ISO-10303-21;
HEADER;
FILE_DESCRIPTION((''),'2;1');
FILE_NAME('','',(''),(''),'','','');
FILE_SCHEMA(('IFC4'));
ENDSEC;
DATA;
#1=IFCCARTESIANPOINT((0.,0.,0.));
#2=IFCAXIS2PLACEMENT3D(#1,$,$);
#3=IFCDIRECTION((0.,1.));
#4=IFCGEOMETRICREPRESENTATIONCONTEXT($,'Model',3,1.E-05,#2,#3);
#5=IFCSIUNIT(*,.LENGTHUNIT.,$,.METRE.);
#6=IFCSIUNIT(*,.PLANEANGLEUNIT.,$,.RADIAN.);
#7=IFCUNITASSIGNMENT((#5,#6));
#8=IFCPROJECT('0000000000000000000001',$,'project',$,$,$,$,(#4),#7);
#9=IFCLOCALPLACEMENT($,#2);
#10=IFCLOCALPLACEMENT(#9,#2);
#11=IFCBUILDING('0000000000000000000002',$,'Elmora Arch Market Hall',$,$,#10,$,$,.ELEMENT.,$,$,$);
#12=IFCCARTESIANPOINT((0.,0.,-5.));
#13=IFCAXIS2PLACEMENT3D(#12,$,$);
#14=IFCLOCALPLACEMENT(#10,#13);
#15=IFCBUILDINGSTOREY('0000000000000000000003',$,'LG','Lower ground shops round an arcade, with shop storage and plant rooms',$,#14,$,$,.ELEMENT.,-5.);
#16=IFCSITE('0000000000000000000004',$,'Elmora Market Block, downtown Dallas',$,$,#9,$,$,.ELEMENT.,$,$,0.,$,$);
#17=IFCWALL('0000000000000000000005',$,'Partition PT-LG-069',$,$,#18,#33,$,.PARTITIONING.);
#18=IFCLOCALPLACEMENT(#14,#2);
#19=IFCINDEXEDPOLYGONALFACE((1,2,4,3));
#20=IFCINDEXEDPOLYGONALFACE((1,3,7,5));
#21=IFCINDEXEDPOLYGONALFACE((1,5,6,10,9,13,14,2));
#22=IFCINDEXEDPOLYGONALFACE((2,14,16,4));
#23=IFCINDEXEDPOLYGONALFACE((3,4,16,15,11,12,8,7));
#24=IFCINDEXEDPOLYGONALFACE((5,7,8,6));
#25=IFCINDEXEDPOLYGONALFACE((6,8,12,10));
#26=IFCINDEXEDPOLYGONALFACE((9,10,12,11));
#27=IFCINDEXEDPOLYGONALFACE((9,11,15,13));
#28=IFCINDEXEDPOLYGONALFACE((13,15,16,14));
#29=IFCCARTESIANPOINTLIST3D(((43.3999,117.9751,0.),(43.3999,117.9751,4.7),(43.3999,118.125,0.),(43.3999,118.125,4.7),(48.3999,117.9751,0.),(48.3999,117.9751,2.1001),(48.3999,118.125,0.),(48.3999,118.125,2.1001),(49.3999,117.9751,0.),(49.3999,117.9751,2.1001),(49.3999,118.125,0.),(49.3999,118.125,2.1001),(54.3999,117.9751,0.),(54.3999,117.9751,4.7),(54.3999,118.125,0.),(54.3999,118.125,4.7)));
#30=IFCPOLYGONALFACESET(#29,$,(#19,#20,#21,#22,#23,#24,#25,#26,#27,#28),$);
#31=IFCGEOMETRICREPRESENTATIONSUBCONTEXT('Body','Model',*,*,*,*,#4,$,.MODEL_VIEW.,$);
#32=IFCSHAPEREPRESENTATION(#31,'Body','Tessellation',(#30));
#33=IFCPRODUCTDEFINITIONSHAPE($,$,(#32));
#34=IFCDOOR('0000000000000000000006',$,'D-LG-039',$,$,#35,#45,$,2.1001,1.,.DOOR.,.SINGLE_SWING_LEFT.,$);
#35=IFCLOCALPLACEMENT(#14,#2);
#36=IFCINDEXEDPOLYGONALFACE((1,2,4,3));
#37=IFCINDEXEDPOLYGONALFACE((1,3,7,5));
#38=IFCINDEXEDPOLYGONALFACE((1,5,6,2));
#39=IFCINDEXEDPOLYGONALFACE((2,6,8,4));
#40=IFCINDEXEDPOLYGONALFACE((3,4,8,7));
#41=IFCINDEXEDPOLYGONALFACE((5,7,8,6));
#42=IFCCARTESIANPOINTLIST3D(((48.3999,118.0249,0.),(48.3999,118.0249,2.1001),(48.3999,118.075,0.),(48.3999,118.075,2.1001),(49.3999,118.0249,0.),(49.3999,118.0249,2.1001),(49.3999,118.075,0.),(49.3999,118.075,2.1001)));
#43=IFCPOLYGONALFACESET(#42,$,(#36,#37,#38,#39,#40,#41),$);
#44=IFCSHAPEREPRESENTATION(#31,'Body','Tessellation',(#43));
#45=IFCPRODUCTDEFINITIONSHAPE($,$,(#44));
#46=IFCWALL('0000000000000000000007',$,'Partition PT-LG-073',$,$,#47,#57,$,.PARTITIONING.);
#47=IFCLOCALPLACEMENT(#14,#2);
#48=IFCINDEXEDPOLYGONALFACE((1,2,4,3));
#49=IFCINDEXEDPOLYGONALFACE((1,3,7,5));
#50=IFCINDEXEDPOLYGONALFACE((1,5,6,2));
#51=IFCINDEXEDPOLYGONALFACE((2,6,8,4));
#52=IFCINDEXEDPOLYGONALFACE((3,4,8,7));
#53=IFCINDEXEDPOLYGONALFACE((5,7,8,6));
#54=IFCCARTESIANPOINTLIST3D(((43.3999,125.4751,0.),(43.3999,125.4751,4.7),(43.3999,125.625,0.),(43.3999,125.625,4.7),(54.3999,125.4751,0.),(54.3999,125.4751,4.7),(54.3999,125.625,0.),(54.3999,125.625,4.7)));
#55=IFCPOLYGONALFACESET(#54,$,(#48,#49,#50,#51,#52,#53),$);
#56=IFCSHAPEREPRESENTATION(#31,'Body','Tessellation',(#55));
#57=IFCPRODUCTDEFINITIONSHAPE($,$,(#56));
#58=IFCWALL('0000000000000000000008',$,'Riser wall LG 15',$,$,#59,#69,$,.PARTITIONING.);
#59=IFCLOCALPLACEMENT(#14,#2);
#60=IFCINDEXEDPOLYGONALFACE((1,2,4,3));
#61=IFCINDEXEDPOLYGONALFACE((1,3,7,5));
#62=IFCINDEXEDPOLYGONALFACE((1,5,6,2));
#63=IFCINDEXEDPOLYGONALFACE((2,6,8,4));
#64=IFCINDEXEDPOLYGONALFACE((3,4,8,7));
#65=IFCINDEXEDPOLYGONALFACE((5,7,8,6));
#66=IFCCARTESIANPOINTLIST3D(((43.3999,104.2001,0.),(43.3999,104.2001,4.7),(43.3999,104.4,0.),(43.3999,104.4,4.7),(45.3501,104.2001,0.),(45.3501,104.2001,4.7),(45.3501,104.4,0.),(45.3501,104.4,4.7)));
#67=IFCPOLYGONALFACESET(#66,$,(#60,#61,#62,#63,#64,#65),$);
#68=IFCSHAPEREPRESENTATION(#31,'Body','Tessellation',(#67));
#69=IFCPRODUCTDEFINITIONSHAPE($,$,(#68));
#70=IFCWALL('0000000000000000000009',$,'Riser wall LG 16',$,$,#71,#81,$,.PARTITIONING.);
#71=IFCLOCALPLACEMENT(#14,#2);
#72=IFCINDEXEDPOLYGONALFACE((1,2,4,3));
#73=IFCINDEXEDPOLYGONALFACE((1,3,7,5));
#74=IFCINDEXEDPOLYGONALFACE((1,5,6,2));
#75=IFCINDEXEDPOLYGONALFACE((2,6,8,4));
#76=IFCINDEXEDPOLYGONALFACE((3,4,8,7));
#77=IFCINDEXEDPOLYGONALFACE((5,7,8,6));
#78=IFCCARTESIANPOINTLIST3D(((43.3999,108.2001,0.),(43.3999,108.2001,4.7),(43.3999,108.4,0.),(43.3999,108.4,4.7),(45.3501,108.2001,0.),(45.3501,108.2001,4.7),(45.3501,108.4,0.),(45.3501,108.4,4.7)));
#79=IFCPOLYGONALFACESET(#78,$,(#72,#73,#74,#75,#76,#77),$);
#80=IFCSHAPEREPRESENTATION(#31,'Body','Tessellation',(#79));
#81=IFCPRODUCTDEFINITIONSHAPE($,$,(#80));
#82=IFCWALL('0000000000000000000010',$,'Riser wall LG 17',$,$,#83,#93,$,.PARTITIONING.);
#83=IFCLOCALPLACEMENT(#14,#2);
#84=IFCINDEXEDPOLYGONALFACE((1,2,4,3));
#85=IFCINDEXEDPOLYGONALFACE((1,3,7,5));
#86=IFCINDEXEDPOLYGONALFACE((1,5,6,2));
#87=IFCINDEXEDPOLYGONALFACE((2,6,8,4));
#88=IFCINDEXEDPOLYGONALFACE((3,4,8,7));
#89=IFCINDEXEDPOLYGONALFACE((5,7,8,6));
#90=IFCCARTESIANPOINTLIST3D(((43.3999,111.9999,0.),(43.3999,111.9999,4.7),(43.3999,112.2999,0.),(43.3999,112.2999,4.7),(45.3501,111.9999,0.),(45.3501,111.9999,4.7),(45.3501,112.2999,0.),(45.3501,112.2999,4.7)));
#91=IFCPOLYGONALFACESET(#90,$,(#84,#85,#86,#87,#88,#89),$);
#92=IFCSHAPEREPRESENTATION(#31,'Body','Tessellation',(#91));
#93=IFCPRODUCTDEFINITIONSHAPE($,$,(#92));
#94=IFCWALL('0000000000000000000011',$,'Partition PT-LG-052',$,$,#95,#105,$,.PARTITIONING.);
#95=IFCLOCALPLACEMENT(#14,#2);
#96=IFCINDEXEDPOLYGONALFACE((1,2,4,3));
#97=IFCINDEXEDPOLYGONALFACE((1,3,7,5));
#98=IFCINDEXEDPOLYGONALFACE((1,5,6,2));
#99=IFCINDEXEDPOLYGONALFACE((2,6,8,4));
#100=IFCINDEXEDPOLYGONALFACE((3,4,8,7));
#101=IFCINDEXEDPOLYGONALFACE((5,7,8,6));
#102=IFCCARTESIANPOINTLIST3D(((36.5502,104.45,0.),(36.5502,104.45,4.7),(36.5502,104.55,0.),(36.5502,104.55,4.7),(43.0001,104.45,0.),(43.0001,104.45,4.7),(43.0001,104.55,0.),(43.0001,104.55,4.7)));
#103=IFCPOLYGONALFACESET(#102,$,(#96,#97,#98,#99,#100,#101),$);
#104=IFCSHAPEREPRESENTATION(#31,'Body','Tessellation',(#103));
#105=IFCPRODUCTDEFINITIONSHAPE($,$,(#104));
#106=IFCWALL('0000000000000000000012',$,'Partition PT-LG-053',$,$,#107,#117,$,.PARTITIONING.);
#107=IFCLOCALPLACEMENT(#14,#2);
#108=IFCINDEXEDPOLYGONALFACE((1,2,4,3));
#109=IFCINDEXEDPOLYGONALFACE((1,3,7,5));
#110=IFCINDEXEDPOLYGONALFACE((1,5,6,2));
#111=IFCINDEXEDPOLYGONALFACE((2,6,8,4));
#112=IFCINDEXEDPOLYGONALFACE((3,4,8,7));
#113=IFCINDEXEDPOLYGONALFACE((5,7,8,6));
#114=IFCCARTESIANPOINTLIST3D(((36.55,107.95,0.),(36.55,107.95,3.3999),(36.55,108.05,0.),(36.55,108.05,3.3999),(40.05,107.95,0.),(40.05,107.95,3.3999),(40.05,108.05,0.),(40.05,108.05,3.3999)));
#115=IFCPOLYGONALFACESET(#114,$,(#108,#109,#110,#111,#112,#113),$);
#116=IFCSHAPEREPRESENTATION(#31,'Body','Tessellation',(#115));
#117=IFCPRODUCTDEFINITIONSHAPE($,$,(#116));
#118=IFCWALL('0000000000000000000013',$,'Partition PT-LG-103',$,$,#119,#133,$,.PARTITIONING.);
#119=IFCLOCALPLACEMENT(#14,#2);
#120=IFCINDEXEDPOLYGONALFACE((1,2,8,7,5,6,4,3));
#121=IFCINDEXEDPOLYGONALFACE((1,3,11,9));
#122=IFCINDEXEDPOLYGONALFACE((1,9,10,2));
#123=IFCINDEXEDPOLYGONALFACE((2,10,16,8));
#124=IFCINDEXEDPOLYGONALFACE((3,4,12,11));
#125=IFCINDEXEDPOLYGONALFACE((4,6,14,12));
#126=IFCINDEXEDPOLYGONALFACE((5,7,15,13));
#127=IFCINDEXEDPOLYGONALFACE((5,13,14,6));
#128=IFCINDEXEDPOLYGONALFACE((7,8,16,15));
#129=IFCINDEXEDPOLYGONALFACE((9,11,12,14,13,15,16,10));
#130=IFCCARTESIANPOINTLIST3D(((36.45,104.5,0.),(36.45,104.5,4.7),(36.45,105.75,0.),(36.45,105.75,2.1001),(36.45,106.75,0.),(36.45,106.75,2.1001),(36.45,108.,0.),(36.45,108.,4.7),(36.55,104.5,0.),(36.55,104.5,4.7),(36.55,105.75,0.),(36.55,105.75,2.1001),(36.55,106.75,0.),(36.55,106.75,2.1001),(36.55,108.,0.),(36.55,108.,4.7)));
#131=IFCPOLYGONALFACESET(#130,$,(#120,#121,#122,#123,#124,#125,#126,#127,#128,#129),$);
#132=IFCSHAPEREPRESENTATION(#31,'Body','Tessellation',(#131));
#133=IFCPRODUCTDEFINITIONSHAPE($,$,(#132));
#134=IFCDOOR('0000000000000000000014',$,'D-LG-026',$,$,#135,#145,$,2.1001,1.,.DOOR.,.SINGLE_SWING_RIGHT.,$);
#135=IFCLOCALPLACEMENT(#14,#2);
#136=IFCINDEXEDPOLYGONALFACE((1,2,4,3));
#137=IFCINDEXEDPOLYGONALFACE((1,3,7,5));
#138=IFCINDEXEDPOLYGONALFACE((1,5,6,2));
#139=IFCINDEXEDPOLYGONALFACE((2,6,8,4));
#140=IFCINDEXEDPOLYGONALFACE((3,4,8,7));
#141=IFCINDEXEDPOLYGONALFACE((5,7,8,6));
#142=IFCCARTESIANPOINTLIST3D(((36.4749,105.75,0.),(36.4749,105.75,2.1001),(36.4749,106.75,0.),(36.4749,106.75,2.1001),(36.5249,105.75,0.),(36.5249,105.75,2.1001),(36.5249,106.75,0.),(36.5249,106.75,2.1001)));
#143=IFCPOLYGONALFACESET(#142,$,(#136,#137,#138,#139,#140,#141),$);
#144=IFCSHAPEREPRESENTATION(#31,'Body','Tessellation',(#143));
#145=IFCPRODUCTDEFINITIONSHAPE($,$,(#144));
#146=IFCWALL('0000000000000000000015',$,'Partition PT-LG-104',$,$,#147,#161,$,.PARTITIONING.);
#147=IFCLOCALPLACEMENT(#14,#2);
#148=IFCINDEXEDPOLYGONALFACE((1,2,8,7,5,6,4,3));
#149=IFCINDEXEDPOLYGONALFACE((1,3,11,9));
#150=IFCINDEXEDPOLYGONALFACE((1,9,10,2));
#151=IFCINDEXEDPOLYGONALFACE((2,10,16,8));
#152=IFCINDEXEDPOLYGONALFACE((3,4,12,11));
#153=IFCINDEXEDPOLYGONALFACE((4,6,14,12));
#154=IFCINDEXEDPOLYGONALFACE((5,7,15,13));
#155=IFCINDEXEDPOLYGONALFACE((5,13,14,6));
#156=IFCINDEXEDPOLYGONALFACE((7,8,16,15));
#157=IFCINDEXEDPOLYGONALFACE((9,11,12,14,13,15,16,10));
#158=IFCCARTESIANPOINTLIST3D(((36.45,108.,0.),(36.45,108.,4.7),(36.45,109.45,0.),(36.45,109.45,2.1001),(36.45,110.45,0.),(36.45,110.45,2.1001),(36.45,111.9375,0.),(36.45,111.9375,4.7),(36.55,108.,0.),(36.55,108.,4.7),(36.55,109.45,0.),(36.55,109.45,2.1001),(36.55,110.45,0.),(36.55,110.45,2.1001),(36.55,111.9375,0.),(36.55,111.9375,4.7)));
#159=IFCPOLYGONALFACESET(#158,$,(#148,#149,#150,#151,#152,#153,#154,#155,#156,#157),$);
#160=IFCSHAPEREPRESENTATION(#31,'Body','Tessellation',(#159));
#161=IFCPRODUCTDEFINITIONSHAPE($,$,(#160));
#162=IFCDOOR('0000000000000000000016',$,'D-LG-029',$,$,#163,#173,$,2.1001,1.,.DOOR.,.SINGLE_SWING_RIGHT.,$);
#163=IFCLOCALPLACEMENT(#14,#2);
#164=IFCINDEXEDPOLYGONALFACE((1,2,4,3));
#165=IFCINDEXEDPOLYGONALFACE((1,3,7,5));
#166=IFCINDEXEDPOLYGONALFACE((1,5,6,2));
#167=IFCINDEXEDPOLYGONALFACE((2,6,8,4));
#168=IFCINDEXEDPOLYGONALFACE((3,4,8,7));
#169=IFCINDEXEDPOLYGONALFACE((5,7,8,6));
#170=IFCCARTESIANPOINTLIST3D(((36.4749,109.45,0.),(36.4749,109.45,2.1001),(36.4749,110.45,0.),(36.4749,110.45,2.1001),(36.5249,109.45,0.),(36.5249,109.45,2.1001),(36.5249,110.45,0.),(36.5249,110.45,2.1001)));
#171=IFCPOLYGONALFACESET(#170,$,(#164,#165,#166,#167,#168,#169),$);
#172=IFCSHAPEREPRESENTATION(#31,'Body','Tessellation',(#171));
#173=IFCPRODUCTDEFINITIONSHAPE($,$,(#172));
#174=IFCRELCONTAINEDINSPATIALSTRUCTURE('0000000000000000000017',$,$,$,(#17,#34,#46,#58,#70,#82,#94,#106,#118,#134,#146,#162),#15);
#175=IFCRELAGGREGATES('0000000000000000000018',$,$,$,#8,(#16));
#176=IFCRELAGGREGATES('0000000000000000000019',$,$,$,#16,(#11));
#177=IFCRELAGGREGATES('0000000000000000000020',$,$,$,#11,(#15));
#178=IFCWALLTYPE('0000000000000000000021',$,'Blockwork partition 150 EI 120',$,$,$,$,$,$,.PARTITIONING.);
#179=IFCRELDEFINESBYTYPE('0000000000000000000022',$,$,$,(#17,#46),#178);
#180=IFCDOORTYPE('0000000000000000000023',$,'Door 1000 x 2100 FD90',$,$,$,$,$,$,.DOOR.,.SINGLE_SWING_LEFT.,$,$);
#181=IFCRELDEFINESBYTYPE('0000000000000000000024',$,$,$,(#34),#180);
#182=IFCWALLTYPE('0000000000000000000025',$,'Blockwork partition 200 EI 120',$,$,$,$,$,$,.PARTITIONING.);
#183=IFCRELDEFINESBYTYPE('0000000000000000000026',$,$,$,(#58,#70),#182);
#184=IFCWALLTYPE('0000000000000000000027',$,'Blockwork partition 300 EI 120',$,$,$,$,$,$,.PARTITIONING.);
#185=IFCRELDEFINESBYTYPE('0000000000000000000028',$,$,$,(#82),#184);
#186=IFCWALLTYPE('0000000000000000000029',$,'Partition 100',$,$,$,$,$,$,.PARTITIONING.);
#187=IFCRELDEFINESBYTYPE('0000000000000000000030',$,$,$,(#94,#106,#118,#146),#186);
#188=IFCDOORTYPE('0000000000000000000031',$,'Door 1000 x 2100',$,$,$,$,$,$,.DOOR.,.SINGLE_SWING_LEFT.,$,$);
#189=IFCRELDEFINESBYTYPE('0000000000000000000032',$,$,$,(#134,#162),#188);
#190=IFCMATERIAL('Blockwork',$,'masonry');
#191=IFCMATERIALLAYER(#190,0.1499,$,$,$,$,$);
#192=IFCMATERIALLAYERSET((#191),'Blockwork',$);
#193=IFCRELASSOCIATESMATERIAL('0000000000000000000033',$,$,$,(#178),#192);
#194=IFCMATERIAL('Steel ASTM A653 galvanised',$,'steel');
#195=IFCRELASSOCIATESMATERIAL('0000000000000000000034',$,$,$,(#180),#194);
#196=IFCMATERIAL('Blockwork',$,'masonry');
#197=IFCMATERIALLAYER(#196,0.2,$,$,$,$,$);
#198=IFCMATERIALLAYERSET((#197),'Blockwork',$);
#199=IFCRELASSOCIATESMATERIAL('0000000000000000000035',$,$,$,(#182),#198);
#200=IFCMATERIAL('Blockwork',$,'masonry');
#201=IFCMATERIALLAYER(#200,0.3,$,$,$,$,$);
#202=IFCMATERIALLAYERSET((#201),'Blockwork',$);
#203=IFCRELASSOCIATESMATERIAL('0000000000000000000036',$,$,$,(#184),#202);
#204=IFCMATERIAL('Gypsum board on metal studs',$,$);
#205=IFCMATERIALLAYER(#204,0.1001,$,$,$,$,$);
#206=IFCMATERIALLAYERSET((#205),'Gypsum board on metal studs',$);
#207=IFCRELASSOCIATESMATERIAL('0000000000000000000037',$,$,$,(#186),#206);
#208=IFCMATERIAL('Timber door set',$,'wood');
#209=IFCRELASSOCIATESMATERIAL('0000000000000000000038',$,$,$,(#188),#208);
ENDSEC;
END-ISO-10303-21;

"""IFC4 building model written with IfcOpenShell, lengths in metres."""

from ifc_helpers import new_model, si_unit, direction, frame, frame_2d, origin, place, context, subcontext, project, spatial, rectangle, extrude, material, layer, layer_set, type_object, element, fill, save


model = new_model("IFC4")

# Units and contexts
model_context = context("Model", 3, precision=1e-05, world=origin(), true_north=direction((0.0, 1.0)))
body_context = subcontext(model_context, "Body", "Model", "MODEL_VIEW")
ifc_project = project(units=[si_unit("LENGTHUNIT", "METRE"), si_unit("PLANEANGLEUNIT", "RADIAN")], contexts=[model_context])

# Site, building, storey
site_placement = place(None, origin())
site = spatial("IfcSite", under=ifc_project, at=site_placement, Name="Elmora Market Block, downtown Dallas", CompositionType="ELEMENT", RefElevation=0.0)
building_placement = place(site_placement, origin())
building = spatial("IfcBuilding", under=site, at=building_placement, Name="Elmora Arch Market Hall", CompositionType="ELEMENT")
storey_placement = place(building_placement, frame((0.0, 0.0, -5.0)))
storey = spatial("IfcBuildingStorey", under=building, at=storey_placement, Name="LG", Description="Lower ground shops round an arcade, with shop storage and plant rooms", CompositionType="ELEMENT", Elevation=-5.0)

# Shared definitions
ifc_material_1 = material(Name="Blockwork", Category="masonry")
ifc_layer_1 = layer(ifc_material_1, 0.1499)
ifc_layer_set_1 = layer_set([ifc_layer_1], Name="Blockwork")
wall_type_1 = type_object("IfcWallType", Name="Blockwork partition 150 EI 120", PredefinedType="PARTITIONING", material=ifc_layer_set_1)

# Wall, opening, door
wall_1_placement = place(storey_placement, frame((43.3999, 118.05, 0.0), z_axis=(0.0, 0.0, 1.0), x_axis=(1.0, 0.0, 0.0)))
wall_1 = element("IfcWall", 1, at=wall_1_placement, inside=storey, type_object=wall_type_1, Name="Partition PT-LG-069", PredefinedType="PARTITIONING", context=body_context, shape_type="SweptSolid", body=[
    extrude(rectangle(XDim=11.0, YDim=0.1499, at=frame_2d((5.5, 0.0))), origin(), (0.0, 0.0, 1.0), 4.7),
])
opening_1_placement = place(wall_1_placement, frame((5.0, 0.0, 0.0)))
opening_1 = element("IfcOpeningElement", 2, at=opening_1_placement, cuts=wall_1, PredefinedType="OPENING", context=body_context, shape_type="SweptSolid", body=[
    extrude(rectangle(XDim=1.0, YDim=2.1001, at=frame_2d((0.5, 1.05))), frame((0.0, 0.085, 0.0), z_axis=(0.0, -1.0, 0.0), x_axis=(1.0, 0.0, 0.0)), (0.0, 0.0, 1.0), 0.1699),
])
ifc_material_2 = material(Name="Steel ASTM A653 galvanised", Category="steel")
door_type_1 = type_object("IfcDoorType", Name="Door 1000 x 2100 FD90", OperationType="SINGLE_SWING_LEFT", PredefinedType="DOOR", material=ifc_material_2)
door_1_placement = place(opening_1_placement, origin())
door_1 = element("IfcDoor", 3, at=door_1_placement, inside=storey, type_object=door_type_1, Name="D-LG-039", OperationType="SINGLE_SWING_LEFT", OverallHeight=2.1001, OverallWidth=1.0, PredefinedType="DOOR", context=body_context, shape_type="SweptSolid", body=[
    extrude(rectangle(XDim=1.0, YDim=2.1001, at=frame_2d((0.5, 1.05))), frame((0.0, 0.0249, 0.0), z_axis=(0.0, -1.0, 0.0), x_axis=(1.0, 0.0, 0.0)), (0.0, 0.0, 1.0), 0.05),
])
fill(opening_1, door_1)

# Walls
wall_2_placement = place(storey_placement, frame((43.3999, 125.55, 0.0), z_axis=(0.0, 0.0, 1.0), x_axis=(1.0, 0.0, 0.0)))
element("IfcWall", 4, at=wall_2_placement, inside=storey, type_object=wall_type_1, Name="Partition PT-LG-073", PredefinedType="PARTITIONING", context=body_context, shape_type="SweptSolid", body=[
    extrude(rectangle(XDim=11.0, YDim=0.1499, at=frame_2d((5.5, 0.0))), origin(), (0.0, 0.0, 1.0), 4.7),
])
ifc_material_3 = material(Name="Blockwork", Category="masonry")
ifc_layer_2 = layer(ifc_material_3, 0.2)
ifc_layer_set_2 = layer_set([ifc_layer_2], Name="Blockwork")
wall_type_2 = type_object("IfcWallType", Name="Blockwork partition 200 EI 120", PredefinedType="PARTITIONING", material=ifc_layer_set_2)
for number, where, z_axis, x_axis, name in (
    (5, (43.3999, 104.3, 0.0), (0.0, 0.0, 1.0), (1.0, 0.0, 0.0), "Riser wall LG 15"),
    (6, (43.3999, 108.3, 0.0), (0.0, 0.0, 1.0), (1.0, 0.0, 0.0), "Riser wall LG 16"),
):
    element("IfcWall", number, at=place(storey_placement, frame(where, z_axis=z_axis, x_axis=x_axis)), inside=storey, type_object=wall_type_2, Name=name, PredefinedType="PARTITIONING", context=body_context, shape_type="SweptSolid", body=[
        extrude(rectangle(XDim=1.9502, YDim=0.2, at=frame_2d((0.9751, 0.0))), origin(), (0.0, 0.0, 1.0), 4.7),
    ])
ifc_material_4 = material(Name="Blockwork", Category="masonry")
ifc_layer_3 = layer(ifc_material_4, 0.3)
ifc_layer_set_3 = layer_set([ifc_layer_3], Name="Blockwork")
wall_type_3 = type_object("IfcWallType", Name="Blockwork partition 300 EI 120", PredefinedType="PARTITIONING", material=ifc_layer_set_3)
wall_3_placement = place(storey_placement, frame((43.3999, 112.1499, 0.0), z_axis=(0.0, 0.0, 1.0), x_axis=(1.0, 0.0, 0.0)))
element("IfcWall", 7, at=wall_3_placement, inside=storey, type_object=wall_type_3, Name="Riser wall LG 17", PredefinedType="PARTITIONING", context=body_context, shape_type="SweptSolid", body=[
    extrude(rectangle(XDim=1.9502, YDim=0.3, at=frame_2d((0.9751, 0.0))), origin(), (0.0, 0.0, 1.0), 4.7),
])
ifc_material_5 = material(Name="Gypsum board on metal studs")
ifc_layer_4 = layer(ifc_material_5, 0.1001)
ifc_layer_set_4 = layer_set([ifc_layer_4], Name="Gypsum board on metal studs")
wall_type_4 = type_object("IfcWallType", Name="Partition 100", PredefinedType="PARTITIONING", material=ifc_layer_set_4)
wall_4_placement = place(storey_placement, frame((36.55, 104.5, 0.0), z_axis=(0.0, 0.0, 1.0), x_axis=(1.0, 0.0, 0.0)))
element("IfcWall", 8, at=wall_4_placement, inside=storey, type_object=wall_type_4, Name="Partition PT-LG-052", PredefinedType="PARTITIONING", context=body_context, shape_type="SweptSolid", body=[
    extrude(rectangle(XDim=6.45, YDim=0.1001, at=frame_2d((3.2251, 0.0))), origin(), (0.0, 0.0, 1.0), 4.7),
])
wall_5_placement = place(storey_placement, frame((36.55, 108.0, 0.0), z_axis=(0.0, 0.0, 1.0), x_axis=(1.0, 0.0, 0.0)))
element("IfcWall", 9, at=wall_5_placement, inside=storey, type_object=wall_type_4, Name="Partition PT-LG-053", PredefinedType="PARTITIONING", context=body_context, shape_type="SweptSolid", body=[
    extrude(rectangle(XDim=3.5, YDim=0.1001, at=frame_2d((1.75, 0.0))), origin(), (0.0, 0.0, 1.0), 3.3999),
])

# Walls, openings, doors
wall_6_placement = place(storey_placement, frame((36.5, 104.5, 0.0), z_axis=(0.0, 0.0, 1.0), x_axis=(0.0, 1.0, 0.0)))
wall_6 = element("IfcWall", 10, at=wall_6_placement, inside=storey, type_object=wall_type_4, Name="Partition PT-LG-103", PredefinedType="PARTITIONING", context=body_context, shape_type="SweptSolid", body=[
    extrude(rectangle(XDim=3.5, YDim=0.1001, at=frame_2d((1.75, 0.0))), origin(), (0.0, 0.0, 1.0), 4.7),
])
opening_2_placement = place(wall_6_placement, frame((1.25, 0.0, 0.0)))
opening_2 = element("IfcOpeningElement", 11, at=opening_2_placement, cuts=wall_6, PredefinedType="OPENING", context=body_context, shape_type="SweptSolid", body=[
    extrude(rectangle(XDim=1.0, YDim=2.1001, at=frame_2d((0.5, 1.05))), frame((0.0, 0.0601, 0.0), z_axis=(0.0, -1.0, 0.0), x_axis=(1.0, 0.0, 0.0)), (0.0, 0.0, 1.0), 0.1201),
])
ifc_material_6 = material(Name="Timber door set", Category="wood")
door_type_2 = type_object("IfcDoorType", Name="Door 1000 x 2100", OperationType="SINGLE_SWING_LEFT", PredefinedType="DOOR", material=ifc_material_6)
door_2_placement = place(opening_2_placement, frame((1.0, 0.0, 0.0), z_axis=(0.0, 0.0, 1.0), x_axis=(-1.0, 0.0, 0.0)))
door_2 = element("IfcDoor", 12, at=door_2_placement, inside=storey, type_object=door_type_2, Name="D-LG-026", OperationType="SINGLE_SWING_RIGHT", OverallHeight=2.1001, OverallWidth=1.0, PredefinedType="DOOR", context=body_context, shape_type="SweptSolid", body=[
    extrude(rectangle(XDim=1.0, YDim=2.1001, at=frame_2d((0.5, 1.05))), frame((0.0, 0.0249, 0.0), z_axis=(0.0, -1.0, 0.0), x_axis=(1.0, 0.0, 0.0)), (0.0, 0.0, 1.0), 0.05),
])
fill(opening_2, door_2)
wall_7_placement = place(storey_placement, frame((36.5, 108.0, 0.0), z_axis=(0.0, 0.0, 1.0), x_axis=(0.0, 1.0, 0.0)))
wall_7 = element("IfcWall", 13, at=wall_7_placement, inside=storey, type_object=wall_type_4, Name="Partition PT-LG-104", PredefinedType="PARTITIONING", context=body_context, shape_type="SweptSolid", body=[
    extrude(rectangle(XDim=3.9375, YDim=0.1001, at=frame_2d((1.9688, 0.0))), origin(), (0.0, 0.0, 1.0), 4.7),
])
opening_3_placement = place(wall_7_placement, frame((1.45, 0.0, 0.0)))
opening_3 = element("IfcOpeningElement", 14, at=opening_3_placement, cuts=wall_7, PredefinedType="OPENING", context=body_context, shape_type="SweptSolid", body=[
    extrude(rectangle(XDim=1.0, YDim=2.1001, at=frame_2d((0.5, 1.05))), frame((0.0, 0.0601, 0.0), z_axis=(0.0, -1.0, 0.0), x_axis=(1.0, 0.0, 0.0)), (0.0, 0.0, 1.0), 0.1201),
])
door_3_placement = place(opening_3_placement, frame((1.0, 0.0, 0.0), z_axis=(0.0, 0.0, 1.0), x_axis=(-1.0, 0.0, 0.0)))
door_3 = element("IfcDoor", 15, at=door_3_placement, inside=storey, type_object=door_type_2, Name="D-LG-029", OperationType="SINGLE_SWING_RIGHT", OverallHeight=2.1001, OverallWidth=1.0, PredefinedType="DOOR", context=body_context, shape_type="SweptSolid", body=[
    extrude(rectangle(XDim=1.0, YDim=2.1001, at=frame_2d((0.5, 1.05))), frame((0.0, 0.0249, 0.0), z_axis=(0.0, -1.0, 0.0), x_axis=(1.0, 0.0, 0.0)), (0.0, 0.0, 1.0), 0.05),
])
fill(opening_3, door_3)

save(model, "model.ifc")
